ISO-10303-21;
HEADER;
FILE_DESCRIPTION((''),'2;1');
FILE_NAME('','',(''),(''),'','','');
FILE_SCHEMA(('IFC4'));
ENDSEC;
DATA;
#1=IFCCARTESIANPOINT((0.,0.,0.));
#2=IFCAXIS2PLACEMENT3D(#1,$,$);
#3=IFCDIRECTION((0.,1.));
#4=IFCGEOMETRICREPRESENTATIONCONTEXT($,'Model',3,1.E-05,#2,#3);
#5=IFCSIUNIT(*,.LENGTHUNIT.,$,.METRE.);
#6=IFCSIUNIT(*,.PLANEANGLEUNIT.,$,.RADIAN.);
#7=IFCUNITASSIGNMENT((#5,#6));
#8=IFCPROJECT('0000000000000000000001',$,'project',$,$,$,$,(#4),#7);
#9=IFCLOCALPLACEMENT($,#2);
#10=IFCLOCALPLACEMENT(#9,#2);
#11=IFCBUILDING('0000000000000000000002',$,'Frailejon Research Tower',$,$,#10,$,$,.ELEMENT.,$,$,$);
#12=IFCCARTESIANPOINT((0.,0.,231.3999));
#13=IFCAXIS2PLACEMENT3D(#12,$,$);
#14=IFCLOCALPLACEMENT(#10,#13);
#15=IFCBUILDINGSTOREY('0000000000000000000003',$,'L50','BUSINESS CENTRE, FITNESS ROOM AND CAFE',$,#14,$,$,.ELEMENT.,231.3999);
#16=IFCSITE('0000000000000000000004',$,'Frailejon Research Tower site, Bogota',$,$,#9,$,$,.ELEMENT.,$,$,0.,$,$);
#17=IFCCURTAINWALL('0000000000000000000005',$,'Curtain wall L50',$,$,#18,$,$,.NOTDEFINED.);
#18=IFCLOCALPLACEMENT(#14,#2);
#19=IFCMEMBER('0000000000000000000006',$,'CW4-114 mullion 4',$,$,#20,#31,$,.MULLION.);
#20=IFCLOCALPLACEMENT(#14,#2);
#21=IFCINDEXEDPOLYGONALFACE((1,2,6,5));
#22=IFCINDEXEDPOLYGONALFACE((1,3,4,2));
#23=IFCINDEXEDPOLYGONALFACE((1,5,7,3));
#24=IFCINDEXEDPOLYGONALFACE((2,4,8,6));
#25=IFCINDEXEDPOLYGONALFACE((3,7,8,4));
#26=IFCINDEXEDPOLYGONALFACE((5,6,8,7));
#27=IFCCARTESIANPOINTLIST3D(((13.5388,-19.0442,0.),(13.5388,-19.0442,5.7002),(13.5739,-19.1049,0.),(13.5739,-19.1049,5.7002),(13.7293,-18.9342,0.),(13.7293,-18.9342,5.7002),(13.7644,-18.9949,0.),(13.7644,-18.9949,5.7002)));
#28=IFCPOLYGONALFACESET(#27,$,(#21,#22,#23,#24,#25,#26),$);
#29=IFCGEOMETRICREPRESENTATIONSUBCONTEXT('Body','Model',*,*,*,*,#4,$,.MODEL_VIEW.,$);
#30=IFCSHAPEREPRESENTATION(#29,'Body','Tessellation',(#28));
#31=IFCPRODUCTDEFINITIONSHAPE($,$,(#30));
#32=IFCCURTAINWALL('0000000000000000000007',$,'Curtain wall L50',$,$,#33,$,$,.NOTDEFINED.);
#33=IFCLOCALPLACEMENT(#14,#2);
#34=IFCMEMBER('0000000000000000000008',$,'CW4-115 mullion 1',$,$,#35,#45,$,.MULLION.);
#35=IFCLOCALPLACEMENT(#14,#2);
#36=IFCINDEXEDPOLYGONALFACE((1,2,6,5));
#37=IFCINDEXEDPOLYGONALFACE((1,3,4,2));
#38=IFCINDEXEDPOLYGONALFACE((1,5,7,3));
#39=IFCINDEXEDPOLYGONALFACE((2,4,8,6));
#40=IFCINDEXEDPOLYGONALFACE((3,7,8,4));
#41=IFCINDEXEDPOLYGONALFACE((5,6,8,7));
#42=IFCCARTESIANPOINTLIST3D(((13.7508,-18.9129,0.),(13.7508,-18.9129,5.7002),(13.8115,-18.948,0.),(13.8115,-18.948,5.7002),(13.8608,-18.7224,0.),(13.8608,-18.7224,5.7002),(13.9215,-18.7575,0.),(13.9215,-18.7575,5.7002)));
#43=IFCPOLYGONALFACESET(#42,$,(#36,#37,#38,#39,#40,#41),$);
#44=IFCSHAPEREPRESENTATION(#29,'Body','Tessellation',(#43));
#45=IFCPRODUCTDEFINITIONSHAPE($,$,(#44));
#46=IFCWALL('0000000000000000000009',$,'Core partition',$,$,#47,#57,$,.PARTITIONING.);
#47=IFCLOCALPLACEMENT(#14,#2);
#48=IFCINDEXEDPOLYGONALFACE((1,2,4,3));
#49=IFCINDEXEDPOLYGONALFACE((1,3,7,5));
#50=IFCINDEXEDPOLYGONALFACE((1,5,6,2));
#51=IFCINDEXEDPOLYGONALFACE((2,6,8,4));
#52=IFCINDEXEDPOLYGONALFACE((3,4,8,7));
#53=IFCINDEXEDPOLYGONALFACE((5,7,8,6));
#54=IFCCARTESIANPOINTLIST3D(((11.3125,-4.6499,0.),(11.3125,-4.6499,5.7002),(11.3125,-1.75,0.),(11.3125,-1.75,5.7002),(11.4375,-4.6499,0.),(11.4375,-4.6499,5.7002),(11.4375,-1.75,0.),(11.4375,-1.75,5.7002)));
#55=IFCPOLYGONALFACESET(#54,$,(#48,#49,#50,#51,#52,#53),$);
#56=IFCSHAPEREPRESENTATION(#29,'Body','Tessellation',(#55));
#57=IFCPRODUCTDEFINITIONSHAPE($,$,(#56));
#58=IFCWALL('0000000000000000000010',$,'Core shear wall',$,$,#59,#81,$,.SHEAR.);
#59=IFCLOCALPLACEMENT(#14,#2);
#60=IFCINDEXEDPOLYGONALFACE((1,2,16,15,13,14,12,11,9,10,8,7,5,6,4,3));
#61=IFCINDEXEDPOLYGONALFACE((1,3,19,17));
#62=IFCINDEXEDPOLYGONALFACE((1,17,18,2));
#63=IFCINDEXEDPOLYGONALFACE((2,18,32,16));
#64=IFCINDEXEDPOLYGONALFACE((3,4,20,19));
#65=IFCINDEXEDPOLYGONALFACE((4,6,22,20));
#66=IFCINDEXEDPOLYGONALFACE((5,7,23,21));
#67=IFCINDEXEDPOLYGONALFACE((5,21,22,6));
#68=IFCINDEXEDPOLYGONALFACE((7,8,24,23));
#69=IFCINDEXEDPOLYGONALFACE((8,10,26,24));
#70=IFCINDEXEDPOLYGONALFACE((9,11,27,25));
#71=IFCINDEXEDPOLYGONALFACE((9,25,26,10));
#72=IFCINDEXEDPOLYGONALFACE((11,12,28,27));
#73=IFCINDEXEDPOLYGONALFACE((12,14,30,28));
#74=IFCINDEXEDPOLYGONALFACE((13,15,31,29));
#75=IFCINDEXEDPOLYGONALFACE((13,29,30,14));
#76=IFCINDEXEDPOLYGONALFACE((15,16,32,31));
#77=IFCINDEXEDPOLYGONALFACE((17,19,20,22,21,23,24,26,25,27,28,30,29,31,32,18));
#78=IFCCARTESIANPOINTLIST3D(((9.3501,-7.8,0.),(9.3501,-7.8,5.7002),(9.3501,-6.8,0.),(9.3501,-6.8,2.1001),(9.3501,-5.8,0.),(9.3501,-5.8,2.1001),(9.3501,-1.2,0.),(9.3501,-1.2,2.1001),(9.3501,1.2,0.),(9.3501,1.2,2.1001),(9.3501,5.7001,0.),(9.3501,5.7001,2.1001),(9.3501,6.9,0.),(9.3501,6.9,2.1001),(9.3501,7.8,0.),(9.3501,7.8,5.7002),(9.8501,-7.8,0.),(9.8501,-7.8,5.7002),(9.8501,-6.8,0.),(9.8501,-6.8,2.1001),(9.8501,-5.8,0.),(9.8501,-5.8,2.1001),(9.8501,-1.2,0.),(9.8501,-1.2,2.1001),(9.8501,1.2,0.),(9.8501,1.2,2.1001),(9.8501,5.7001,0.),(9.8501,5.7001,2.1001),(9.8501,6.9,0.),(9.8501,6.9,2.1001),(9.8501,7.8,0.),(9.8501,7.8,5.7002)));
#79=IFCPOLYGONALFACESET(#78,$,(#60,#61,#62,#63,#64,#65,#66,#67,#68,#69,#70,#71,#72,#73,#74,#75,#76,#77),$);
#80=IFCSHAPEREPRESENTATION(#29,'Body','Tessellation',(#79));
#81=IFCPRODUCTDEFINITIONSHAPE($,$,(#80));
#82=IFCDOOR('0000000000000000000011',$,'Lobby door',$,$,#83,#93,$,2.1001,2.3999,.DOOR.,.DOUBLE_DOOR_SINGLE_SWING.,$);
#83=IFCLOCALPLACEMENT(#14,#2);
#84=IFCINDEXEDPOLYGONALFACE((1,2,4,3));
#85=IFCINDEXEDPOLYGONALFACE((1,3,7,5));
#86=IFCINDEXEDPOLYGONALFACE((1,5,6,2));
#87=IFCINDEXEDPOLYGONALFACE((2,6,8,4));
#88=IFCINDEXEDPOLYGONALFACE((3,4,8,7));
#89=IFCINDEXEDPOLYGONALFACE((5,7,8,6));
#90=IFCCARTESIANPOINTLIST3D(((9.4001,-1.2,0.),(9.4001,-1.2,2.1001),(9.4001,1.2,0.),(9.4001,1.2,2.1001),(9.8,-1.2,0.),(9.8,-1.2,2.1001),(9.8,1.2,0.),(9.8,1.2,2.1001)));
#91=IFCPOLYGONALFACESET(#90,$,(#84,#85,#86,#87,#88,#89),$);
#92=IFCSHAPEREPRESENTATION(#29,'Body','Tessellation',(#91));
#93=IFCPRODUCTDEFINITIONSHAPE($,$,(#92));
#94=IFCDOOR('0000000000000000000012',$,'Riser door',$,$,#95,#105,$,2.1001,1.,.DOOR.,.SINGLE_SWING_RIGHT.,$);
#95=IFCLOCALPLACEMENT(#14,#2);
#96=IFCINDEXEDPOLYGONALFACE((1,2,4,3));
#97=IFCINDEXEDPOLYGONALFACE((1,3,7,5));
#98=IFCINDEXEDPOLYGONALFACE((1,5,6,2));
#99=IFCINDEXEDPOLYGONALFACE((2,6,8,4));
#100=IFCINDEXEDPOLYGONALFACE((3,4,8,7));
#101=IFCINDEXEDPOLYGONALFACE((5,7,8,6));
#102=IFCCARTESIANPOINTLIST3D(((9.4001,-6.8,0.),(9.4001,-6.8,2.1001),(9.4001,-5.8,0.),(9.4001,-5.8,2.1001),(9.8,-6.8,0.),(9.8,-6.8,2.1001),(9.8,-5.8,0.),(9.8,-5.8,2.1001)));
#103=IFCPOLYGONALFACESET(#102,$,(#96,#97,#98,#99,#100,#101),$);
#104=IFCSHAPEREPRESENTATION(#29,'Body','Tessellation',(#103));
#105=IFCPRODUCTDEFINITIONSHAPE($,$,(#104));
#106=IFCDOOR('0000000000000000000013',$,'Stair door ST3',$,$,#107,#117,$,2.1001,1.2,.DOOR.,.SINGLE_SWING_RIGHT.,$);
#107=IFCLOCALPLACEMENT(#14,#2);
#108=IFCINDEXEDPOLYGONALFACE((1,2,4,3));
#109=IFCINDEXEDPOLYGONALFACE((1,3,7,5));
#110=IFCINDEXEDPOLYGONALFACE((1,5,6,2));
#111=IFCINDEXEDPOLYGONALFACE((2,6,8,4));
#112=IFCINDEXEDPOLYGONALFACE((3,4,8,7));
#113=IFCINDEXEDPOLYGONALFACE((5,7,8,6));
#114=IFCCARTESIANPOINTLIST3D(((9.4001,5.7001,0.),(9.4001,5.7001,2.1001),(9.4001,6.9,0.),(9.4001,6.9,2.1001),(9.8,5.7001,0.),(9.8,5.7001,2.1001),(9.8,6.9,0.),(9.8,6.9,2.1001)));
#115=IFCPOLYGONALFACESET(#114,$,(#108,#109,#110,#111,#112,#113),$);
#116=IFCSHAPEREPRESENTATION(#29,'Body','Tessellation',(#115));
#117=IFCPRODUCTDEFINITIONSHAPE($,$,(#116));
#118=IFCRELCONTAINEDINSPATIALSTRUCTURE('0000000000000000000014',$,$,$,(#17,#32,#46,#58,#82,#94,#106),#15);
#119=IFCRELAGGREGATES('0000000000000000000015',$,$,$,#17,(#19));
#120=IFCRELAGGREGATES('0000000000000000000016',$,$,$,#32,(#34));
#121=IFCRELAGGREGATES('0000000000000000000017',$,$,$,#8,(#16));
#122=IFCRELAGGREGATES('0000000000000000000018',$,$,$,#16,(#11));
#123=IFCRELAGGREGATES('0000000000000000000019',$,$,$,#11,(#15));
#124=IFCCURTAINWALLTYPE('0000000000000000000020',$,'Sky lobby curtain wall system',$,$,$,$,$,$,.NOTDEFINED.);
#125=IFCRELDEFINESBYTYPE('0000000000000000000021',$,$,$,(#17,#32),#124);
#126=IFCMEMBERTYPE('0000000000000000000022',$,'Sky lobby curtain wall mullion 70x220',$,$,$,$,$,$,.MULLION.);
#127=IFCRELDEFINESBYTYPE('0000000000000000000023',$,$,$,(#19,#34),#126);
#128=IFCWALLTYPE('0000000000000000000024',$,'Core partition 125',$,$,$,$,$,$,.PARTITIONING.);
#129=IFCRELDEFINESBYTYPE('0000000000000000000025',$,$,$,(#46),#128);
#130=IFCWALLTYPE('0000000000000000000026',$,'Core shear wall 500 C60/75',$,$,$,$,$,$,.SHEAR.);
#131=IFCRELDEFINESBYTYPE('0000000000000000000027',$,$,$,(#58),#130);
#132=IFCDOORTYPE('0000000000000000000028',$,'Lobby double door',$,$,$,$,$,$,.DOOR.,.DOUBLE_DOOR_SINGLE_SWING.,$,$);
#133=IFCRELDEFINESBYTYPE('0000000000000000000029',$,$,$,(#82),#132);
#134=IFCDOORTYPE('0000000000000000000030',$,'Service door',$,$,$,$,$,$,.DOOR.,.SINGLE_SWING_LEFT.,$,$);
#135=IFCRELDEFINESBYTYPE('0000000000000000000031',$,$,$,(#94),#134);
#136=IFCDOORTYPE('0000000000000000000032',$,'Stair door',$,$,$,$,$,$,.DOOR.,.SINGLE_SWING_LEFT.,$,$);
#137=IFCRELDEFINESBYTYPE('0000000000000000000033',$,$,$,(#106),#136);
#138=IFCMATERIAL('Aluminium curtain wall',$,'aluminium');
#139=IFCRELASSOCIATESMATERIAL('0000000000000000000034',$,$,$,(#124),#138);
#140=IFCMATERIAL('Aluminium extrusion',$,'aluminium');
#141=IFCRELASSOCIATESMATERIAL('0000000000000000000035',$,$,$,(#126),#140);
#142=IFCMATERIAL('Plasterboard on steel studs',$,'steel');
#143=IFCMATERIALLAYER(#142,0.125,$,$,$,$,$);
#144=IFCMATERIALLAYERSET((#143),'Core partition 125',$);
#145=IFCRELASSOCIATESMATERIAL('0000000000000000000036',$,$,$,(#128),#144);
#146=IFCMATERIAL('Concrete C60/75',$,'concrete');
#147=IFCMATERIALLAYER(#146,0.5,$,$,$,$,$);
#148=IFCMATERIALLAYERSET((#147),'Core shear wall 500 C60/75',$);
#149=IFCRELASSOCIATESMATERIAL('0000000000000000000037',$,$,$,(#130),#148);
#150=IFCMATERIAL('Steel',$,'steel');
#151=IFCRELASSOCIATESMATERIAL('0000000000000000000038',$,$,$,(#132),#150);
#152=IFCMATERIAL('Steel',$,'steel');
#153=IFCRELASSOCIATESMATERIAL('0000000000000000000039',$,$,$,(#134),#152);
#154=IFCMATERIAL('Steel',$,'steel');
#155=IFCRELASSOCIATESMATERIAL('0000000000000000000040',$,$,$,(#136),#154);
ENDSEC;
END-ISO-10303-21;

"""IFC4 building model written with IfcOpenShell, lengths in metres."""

from ifc_helpers import new_model, si_unit, direction, frame, frame_2d, origin, origin_2d, place, context, subcontext, project, spatial, rectangle, extrude, material, layer, layer_set, material_profile, profile_set, type_object, element, fill, aggregate, save


model = new_model("IFC4")

# Units and contexts
model_context = context("Model", 3, precision=1e-05, world=origin(), true_north=direction((0.0, 1.0)))
body_context = subcontext(model_context, "Body", "Model", "MODEL_VIEW")
ifc_project = project(units=[si_unit("LENGTHUNIT", "METRE"), si_unit("PLANEANGLEUNIT", "RADIAN")], contexts=[model_context])

# Site, building, storey
site_placement = place(None, origin())
site = spatial("IfcSite", under=ifc_project, at=site_placement, Name="Frailejon Research Tower site, Bogota", CompositionType="ELEMENT", RefElevation=0.0)
building_placement = place(site_placement, origin())
building = spatial("IfcBuilding", under=site, at=building_placement, Name="Frailejon Research Tower", CompositionType="ELEMENT")
storey_placement = place(building_placement, frame((0.0, 0.0, 231.3999)))
storey = spatial("IfcBuildingStorey", under=building, at=storey_placement, Name="L50", Description="BUSINESS CENTRE, FITNESS ROOM AND CAFE", CompositionType="ELEMENT", Elevation=231.3999)

# Curtain walls, members
ifc_material_1 = material(Name="Aluminium curtain wall", Category="aluminium")
curtain_wall_type = type_object("IfcCurtainWallType", Name="Sky lobby curtain wall system", PredefinedType="NOTDEFINED", material=ifc_material_1)
curtain_wall_1_placement = place(storey_placement, origin())
curtain_wall_1 = element("IfcCurtainWall", 1, at=curtain_wall_1_placement, inside=storey, type_object=curtain_wall_type, Name="Curtain wall L50", PredefinedType="NOTDEFINED")
ifc_material_2 = material(Name="Aluminium extrusion", Category="aluminium")
ifc_material_profile = material_profile(ifc_material_2, rectangle(XDim=0.0701, YDim=0.22, at=origin_2d()), Name="Sky lobby curtain wall mullion 70x220")
ifc_profile_set = profile_set([ifc_material_profile], Name="Aluminium extrusion")
member_type = type_object("IfcMemberType", Name="Sky lobby curtain wall mullion 70x220", PredefinedType="MULLION", material=ifc_profile_set)
member_1_placement = place(storey_placement, frame((13.6516, -19.0195, 0.0), z_axis=(0.0, 0.0, 1.0), x_axis=(-0.499991, 0.866031, 0.0)))
member_1 = element("IfcMember", 2, at=member_1_placement, type_object=member_type, Name="CW4-114 mullion 4", PredefinedType="MULLION", context=body_context, shape_type="SweptSolid", body=[
    extrude(rectangle(XDim=0.0701, YDim=0.22, at=origin_2d()), origin(), (0.0, 0.0, 1.0), 5.7002),
])
aggregate(curtain_wall_1, [member_1])
curtain_wall_2_placement = place(storey_placement, origin())
curtain_wall_2 = element("IfcCurtainWall", 3, at=curtain_wall_2_placement, inside=storey, type_object=curtain_wall_type, Name="Curtain wall L50", PredefinedType="NOTDEFINED")
member_2_placement = place(storey_placement, frame((13.8362, -18.8352, 0.0), z_axis=(0.0, 0.0, 1.0), x_axis=(-0.866025, 0.500001, 0.0)))
member_2 = element("IfcMember", 4, at=member_2_placement, type_object=member_type, Name="CW4-115 mullion 1", PredefinedType="MULLION", context=body_context, shape_type="SweptSolid", body=[
    extrude(rectangle(XDim=0.0701, YDim=0.22, at=origin_2d()), origin(), (0.0, 0.0, 1.0), 5.7002),
])
aggregate(curtain_wall_2, [member_2])

# Wall
ifc_material_3 = material(Name="Plasterboard on steel studs", Category="steel")
ifc_layer_1 = layer(ifc_material_3, 0.125)
ifc_layer_set_1 = layer_set([ifc_layer_1], Name="Core partition 125")
wall_type_1 = type_object("IfcWallType", Name="Core partition 125", PredefinedType="PARTITIONING", material=ifc_layer_set_1)
wall_1_placement = place(storey_placement, frame((11.375, -4.6499, 0.0), z_axis=(0.0, 0.0, 1.0), x_axis=(0.0, 1.0, 0.0)))
element("IfcWall", 5, at=wall_1_placement, inside=storey, type_object=wall_type_1, Name="Core partition", PredefinedType="PARTITIONING", context=body_context, shape_type="SweptSolid", body=[
    extrude(rectangle(XDim=2.8999, YDim=0.125, at=frame_2d((1.45, 0.0))), origin(), (0.0, 0.0, 1.0), 5.7002),
])

# Wall, openings, doors
ifc_material_4 = material(Name="Concrete C60/75", Category="concrete")
ifc_layer_2 = layer(ifc_material_4, 0.5)
ifc_layer_set_2 = layer_set([ifc_layer_2], Name="Core shear wall 500 C60/75")
wall_type_2 = type_object("IfcWallType", Name="Core shear wall 500 C60/75", PredefinedType="SHEAR", material=ifc_layer_set_2)
wall_2_placement = place(storey_placement, frame((9.6001, -7.8, 0.0), z_axis=(0.0, 0.0, 1.0), x_axis=(0.0, 1.0, 0.0)))
wall_2 = element("IfcWall", 6, at=wall_2_placement, inside=storey, type_object=wall_type_2, Name="Core shear wall", PredefinedType="SHEAR", context=body_context, shape_type="SweptSolid", body=[
    extrude(rectangle(XDim=15.6001, YDim=0.5, at=frame_2d((7.8, 0.0))), origin(), (0.0, 0.0, 1.0), 5.7002),
])
opening_1_placement = place(wall_2_placement, frame((6.6001, 0.0, 0.0)))
opening_1 = element("IfcOpeningElement", 7, at=opening_1_placement, cuts=wall_2, PredefinedType="OPENING", context=body_context, shape_type="SweptSolid", body=[
    extrude(rectangle(XDim=2.3999, YDim=2.1001, at=frame_2d((1.2, 1.05))), frame((0.0, 0.26, 0.0), z_axis=(0.0, -1.0, 0.0), x_axis=(1.0, 0.0, 0.0)), (0.0, 0.0, 1.0), 0.52),
])
opening_2_placement = place(wall_2_placement, frame((13.5, 0.0, 0.0)))
opening_2 = element("IfcOpeningElement", 8, at=opening_2_placement, cuts=wall_2, PredefinedType="OPENING", context=body_context, shape_type="SweptSolid", body=[
    extrude(rectangle(XDim=1.2, YDim=2.1001, at=frame_2d((0.6001, 1.05))), frame((0.0, 0.26, 0.0), z_axis=(0.0, -1.0, 0.0), x_axis=(1.0, 0.0, 0.0)), (0.0, 0.0, 1.0), 0.52),
])
opening_3_placement = place(wall_2_placement, frame((1.0, 0.0, 0.0)))
opening_3 = element("IfcOpeningElement", 9, at=opening_3_placement, cuts=wall_2, PredefinedType="OPENING", context=body_context, shape_type="SweptSolid", body=[
    extrude(rectangle(XDim=1.0, YDim=2.1001, at=frame_2d((0.5, 1.05))), frame((0.0, 0.26, 0.0), z_axis=(0.0, -1.0, 0.0), x_axis=(1.0, 0.0, 0.0)), (0.0, 0.0, 1.0), 0.52),
])
ifc_material_5 = material(Name="Steel", Category="steel")
door_type_1 = type_object("IfcDoorType", Name="Lobby double door", OperationType="DOUBLE_DOOR_SINGLE_SWING", PredefinedType="DOOR", material=ifc_material_5)
door_1_placement = place(opening_1_placement, origin())
door_1 = element("IfcDoor", 10, at=door_1_placement, inside=storey, type_object=door_type_1, Name="Lobby door", OperationType="DOUBLE_DOOR_SINGLE_SWING", OverallHeight=2.1001, OverallWidth=2.3999, PredefinedType="DOOR", context=body_context, shape_type="SweptSolid", body=[
    extrude(rectangle(XDim=2.3999, YDim=2.1001, at=frame_2d((1.2, 1.05))), frame((0.0, 0.2, 0.0), z_axis=(0.0, -1.0, 0.0), x_axis=(1.0, 0.0, 0.0)), (0.0, 0.0, 1.0), 0.3999),
])
fill(opening_1, door_1)
ifc_material_6 = material(Name="Steel", Category="steel")
door_type_2 = type_object("IfcDoorType", Name="Service door", OperationType="SINGLE_SWING_LEFT", PredefinedType="DOOR", material=ifc_material_6)
door_2_placement = place(opening_3_placement, origin())
door_2 = element("IfcDoor", 11, at=door_2_placement, inside=storey, type_object=door_type_2, Name="Riser door", OperationType="SINGLE_SWING_RIGHT", OverallHeight=2.1001, OverallWidth=1.0, PredefinedType="DOOR", context=body_context, shape_type="SweptSolid", body=[
    extrude(rectangle(XDim=1.0, YDim=2.1001, at=frame_2d((0.5, 1.05))), frame((0.0, 0.2, 0.0), z_axis=(0.0, -1.0, 0.0), x_axis=(1.0, 0.0, 0.0)), (0.0, 0.0, 1.0), 0.3999),
])
fill(opening_3, door_2)
ifc_material_7 = material(Name="Steel", Category="steel")
door_type_3 = type_object("IfcDoorType", Name="Stair door", OperationType="SINGLE_SWING_LEFT", PredefinedType="DOOR", material=ifc_material_7)
door_3_placement = place(opening_2_placement, origin())
door_3 = element("IfcDoor", 12, at=door_3_placement, inside=storey, type_object=door_type_3, Name="Stair door ST3", OperationType="SINGLE_SWING_RIGHT", OverallHeight=2.1001, OverallWidth=1.2, PredefinedType="DOOR", context=body_context, shape_type="SweptSolid", body=[
    extrude(rectangle(XDim=1.2, YDim=2.1001, at=frame_2d((0.6001, 1.05))), frame((0.0, 0.2, 0.0), z_axis=(0.0, -1.0, 0.0), x_axis=(1.0, 0.0, 0.0)), (0.0, 0.0, 1.0), 0.3999),
])
fill(opening_2, door_3)

save(model, "model.ifc")
